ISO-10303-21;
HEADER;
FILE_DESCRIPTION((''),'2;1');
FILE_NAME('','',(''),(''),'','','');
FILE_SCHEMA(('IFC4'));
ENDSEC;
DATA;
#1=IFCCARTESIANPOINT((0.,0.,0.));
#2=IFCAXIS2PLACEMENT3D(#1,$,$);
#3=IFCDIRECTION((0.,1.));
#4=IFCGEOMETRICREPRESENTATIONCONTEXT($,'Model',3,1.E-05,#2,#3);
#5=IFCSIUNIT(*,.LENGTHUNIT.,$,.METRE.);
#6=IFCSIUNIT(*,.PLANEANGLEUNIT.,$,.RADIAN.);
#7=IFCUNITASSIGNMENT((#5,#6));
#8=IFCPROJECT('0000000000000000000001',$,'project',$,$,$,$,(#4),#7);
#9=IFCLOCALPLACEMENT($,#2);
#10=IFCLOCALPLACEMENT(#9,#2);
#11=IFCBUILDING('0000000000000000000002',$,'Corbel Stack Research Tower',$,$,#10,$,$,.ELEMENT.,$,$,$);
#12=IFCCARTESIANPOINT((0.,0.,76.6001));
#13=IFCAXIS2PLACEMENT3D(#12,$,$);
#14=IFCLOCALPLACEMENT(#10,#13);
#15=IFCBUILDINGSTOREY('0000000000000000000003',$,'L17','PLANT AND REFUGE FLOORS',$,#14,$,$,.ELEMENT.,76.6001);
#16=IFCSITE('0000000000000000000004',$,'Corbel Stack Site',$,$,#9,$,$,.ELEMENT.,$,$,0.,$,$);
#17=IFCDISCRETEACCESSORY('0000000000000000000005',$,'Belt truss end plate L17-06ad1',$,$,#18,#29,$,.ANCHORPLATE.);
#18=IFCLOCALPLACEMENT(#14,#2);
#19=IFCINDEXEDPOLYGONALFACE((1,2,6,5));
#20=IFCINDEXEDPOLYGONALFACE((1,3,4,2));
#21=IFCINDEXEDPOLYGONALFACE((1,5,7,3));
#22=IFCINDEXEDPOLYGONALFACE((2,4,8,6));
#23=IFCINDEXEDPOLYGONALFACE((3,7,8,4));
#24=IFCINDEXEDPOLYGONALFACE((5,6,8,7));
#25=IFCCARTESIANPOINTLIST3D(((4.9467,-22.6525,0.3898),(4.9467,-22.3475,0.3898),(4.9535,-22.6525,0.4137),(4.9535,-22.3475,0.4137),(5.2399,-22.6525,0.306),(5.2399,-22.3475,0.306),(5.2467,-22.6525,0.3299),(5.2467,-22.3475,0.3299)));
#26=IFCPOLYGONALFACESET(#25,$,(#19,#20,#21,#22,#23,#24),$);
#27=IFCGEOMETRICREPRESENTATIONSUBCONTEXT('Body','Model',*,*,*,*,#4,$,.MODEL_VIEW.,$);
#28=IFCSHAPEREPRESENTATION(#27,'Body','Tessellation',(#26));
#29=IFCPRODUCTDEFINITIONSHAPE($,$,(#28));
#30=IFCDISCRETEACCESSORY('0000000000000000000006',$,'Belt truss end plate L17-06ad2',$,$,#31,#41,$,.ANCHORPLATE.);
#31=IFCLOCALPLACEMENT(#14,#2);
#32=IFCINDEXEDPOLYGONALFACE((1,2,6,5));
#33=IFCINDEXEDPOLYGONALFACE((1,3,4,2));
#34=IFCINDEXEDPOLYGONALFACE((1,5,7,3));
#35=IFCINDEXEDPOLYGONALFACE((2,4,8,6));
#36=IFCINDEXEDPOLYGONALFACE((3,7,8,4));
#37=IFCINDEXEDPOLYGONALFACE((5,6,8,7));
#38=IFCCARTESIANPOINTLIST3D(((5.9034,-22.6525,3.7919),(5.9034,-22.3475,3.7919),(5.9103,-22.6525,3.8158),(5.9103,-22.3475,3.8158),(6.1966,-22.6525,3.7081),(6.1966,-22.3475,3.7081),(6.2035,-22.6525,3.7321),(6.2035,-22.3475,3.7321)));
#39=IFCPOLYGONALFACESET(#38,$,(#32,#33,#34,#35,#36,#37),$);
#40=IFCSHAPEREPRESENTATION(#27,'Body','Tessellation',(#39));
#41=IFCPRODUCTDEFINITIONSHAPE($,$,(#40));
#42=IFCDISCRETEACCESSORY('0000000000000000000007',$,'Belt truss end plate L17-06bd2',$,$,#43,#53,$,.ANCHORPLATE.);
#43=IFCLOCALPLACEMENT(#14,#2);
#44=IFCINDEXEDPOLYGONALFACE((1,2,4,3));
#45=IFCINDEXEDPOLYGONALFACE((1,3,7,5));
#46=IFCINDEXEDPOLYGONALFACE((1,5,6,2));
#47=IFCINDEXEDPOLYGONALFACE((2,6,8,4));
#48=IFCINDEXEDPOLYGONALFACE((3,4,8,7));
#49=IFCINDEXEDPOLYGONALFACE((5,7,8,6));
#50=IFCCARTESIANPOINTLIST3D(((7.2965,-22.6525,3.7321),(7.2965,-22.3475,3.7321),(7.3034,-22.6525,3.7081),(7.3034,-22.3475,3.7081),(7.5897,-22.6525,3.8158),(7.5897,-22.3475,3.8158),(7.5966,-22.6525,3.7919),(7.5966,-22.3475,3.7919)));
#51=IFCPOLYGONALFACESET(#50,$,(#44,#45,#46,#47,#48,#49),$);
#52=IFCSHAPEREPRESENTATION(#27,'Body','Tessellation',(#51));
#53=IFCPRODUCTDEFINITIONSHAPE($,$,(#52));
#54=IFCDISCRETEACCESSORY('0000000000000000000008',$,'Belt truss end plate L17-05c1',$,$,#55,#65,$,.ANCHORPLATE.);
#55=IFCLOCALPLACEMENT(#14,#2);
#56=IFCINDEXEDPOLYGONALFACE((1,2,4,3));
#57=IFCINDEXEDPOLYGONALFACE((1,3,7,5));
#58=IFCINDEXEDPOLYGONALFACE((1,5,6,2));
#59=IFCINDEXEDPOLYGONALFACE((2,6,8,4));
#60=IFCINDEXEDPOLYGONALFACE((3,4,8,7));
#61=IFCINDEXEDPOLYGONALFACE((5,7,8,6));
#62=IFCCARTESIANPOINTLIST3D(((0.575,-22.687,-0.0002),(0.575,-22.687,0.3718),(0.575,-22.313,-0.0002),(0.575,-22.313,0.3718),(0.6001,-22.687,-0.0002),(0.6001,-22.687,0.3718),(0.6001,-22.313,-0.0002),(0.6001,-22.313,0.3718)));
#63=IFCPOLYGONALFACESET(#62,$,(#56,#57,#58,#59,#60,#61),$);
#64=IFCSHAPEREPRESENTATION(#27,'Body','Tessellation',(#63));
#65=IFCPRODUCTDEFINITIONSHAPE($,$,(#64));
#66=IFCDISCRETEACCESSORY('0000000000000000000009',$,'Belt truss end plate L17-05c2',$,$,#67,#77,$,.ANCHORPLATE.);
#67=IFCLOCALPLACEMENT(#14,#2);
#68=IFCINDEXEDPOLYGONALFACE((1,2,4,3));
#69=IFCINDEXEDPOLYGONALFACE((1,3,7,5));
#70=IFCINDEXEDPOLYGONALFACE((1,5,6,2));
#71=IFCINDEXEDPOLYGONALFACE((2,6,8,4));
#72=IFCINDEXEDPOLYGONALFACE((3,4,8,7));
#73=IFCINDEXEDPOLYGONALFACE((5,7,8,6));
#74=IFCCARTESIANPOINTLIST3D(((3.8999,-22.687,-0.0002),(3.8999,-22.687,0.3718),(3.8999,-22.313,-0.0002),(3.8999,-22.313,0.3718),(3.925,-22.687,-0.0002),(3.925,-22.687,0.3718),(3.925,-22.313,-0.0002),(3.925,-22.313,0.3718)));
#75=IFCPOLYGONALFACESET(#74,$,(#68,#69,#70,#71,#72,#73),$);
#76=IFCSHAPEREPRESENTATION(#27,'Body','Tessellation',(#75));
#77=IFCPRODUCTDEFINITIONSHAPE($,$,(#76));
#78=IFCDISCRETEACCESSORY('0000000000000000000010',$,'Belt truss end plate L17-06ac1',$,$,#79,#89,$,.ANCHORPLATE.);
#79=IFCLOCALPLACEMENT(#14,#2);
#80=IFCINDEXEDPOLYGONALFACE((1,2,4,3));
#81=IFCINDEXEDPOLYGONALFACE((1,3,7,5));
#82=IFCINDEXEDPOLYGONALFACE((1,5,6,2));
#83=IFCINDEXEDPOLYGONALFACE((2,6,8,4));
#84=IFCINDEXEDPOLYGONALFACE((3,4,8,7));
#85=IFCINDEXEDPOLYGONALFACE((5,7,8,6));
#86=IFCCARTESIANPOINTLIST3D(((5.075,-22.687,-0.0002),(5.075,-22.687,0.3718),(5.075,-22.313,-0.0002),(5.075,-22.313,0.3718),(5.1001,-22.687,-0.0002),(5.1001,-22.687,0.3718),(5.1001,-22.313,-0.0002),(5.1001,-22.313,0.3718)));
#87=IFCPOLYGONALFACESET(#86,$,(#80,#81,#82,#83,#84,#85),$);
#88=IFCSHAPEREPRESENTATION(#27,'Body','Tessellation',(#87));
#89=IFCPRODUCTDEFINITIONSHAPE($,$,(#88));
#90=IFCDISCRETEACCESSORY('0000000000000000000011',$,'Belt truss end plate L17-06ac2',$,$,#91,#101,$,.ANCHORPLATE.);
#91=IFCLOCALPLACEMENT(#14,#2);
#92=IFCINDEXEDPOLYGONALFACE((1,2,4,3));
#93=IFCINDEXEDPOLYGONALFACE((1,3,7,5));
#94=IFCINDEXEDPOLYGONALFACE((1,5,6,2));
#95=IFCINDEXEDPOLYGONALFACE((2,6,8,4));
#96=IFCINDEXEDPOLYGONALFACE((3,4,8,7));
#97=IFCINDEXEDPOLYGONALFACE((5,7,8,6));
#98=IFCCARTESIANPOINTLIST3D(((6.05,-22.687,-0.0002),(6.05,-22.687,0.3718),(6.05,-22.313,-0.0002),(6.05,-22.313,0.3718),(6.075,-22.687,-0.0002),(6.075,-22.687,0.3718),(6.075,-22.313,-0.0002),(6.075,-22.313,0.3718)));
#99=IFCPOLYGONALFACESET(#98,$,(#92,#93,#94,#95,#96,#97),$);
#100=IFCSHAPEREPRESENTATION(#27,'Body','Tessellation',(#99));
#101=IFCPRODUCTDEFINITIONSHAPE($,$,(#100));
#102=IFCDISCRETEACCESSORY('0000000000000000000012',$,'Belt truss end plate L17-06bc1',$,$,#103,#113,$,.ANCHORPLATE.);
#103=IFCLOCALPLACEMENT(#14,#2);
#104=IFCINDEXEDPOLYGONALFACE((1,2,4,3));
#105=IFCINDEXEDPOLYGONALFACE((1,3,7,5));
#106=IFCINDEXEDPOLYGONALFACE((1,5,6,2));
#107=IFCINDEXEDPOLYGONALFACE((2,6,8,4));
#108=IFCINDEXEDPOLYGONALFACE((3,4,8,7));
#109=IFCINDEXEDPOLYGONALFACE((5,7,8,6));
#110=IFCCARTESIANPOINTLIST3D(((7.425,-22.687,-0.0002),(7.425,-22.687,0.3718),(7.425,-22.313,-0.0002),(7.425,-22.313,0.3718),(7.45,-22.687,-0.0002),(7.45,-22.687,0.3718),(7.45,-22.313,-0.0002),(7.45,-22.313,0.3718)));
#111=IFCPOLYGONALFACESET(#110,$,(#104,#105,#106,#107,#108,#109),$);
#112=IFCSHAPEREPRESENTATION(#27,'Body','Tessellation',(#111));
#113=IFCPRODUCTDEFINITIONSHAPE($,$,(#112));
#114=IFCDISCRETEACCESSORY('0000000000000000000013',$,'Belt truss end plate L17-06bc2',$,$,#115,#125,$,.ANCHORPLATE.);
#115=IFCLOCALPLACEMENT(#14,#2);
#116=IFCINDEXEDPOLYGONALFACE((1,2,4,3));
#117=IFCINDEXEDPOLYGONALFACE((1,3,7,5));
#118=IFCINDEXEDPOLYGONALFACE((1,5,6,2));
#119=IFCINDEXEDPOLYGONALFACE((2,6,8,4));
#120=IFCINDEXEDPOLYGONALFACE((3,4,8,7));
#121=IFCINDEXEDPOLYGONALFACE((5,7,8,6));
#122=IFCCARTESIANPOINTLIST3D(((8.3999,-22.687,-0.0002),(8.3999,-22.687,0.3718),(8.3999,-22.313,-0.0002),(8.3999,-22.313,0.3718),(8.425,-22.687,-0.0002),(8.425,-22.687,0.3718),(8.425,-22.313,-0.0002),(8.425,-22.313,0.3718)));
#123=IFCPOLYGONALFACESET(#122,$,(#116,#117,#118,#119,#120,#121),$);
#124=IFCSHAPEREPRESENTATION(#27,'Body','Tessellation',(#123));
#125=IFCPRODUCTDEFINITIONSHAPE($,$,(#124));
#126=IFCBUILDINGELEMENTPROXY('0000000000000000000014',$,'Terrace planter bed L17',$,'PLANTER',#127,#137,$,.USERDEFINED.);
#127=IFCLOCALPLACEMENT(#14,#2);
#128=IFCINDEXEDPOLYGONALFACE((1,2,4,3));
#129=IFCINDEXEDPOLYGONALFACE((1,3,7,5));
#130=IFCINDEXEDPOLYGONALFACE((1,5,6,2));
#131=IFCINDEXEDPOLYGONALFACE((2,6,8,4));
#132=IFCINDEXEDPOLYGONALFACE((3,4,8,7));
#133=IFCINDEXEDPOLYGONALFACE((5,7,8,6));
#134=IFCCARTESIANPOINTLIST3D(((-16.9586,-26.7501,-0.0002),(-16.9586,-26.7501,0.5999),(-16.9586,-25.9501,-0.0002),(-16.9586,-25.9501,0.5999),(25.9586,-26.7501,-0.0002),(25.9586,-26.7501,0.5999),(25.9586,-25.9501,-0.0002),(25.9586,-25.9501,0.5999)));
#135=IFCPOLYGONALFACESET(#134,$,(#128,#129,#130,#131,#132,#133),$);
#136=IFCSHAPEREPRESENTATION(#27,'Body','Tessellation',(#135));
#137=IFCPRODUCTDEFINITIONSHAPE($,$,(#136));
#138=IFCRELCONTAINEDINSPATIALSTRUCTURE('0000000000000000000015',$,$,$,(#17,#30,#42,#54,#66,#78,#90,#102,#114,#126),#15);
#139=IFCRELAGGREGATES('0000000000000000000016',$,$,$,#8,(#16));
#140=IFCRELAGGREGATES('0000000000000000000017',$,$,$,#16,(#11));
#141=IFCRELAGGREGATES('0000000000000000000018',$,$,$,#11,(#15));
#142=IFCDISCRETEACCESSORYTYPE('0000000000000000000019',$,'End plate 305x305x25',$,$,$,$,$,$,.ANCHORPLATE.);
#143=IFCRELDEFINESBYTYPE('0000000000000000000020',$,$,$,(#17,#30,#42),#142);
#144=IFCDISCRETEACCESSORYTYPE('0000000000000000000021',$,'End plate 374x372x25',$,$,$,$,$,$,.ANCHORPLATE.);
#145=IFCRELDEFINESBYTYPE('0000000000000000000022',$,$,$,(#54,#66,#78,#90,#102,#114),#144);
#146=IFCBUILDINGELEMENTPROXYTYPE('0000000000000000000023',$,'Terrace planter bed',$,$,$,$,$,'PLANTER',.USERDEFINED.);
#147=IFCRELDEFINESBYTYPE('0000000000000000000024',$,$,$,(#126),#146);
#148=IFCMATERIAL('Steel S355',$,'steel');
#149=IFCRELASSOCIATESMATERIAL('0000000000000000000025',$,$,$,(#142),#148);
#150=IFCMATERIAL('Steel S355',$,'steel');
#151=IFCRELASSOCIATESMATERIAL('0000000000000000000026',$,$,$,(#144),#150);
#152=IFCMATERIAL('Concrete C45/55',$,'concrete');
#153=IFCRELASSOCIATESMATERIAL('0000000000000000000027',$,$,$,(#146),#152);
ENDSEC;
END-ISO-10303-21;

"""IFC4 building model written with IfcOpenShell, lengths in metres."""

from ifc_helpers import new_model, si_unit, direction, frame, origin, origin_2d, place, context, subcontext, project, spatial, rectangle, extrude, material, material_profile, profile_set, type_object, element, save


model = new_model("IFC4")

# Units and contexts
model_context = context("Model", 3, precision=1e-05, world=origin(), true_north=direction((0.0, 1.0)))
body_context = subcontext(model_context, "Body", "Model", "MODEL_VIEW")
ifc_project = project(units=[si_unit("LENGTHUNIT", "METRE"), si_unit("PLANEANGLEUNIT", "RADIAN")], contexts=[model_context])

# Site, building, storey
site_placement = place(None, origin())
site = spatial("IfcSite", under=ifc_project, at=site_placement, Name="Corbel Stack Site", CompositionType="ELEMENT", RefElevation=0.0)
building_placement = place(site_placement, origin())
building = spatial("IfcBuilding", under=site, at=building_placement, Name="Corbel Stack Research Tower", CompositionType="ELEMENT")
storey_placement = place(building_placement, frame((0.0, 0.0, 76.6001)))
storey = spatial("IfcBuildingStorey", under=building, at=storey_placement, Name="L17", Description="PLANT AND REFUGE FLOORS", CompositionType="ELEMENT", Elevation=76.6001)

# Discrete accessories
ifc_material_1 = material(Name="Steel S355", Category="steel")
ifc_material_profile_1 = material_profile(ifc_material_1, rectangle(XDim=0.3049, YDim=0.3049, at=origin_2d()), Name="End plate 305x305x25")
ifc_profile_set_1 = profile_set([ifc_material_profile_1], Name="Steel S355")
discrete_accessory_type_1 = type_object("IfcDiscreteAccessoryType", Name="End plate 305x305x25", PredefinedType="ANCHORPLATE", material=ifc_profile_set_1)
for number, where, z_axis, x_axis, name in (
    (1, (5.1001, -22.5, 0.3718), (-0.274721, 0.0, -0.961524), (0.0, -1.0, 0.0), "Belt truss end plate L17-06ad1"),
    (2, (6.05, -22.5, 3.75), (0.274721, 0.0, 0.961524), (0.0, 1.0, 0.0), "Belt truss end plate L17-06ad2"),
    (3, (7.45, -22.5, 3.75), (-0.274721, 0.0, 0.961524), (0.0, -1.0, 0.0), "Belt truss end plate L17-06bd2"),
):
    element("IfcDiscreteAccessory", number, at=place(storey_placement, frame(where, z_axis=z_axis, x_axis=x_axis)), inside=storey, type_object=discrete_accessory_type_1, Name=name, PredefinedType="ANCHORPLATE", context=body_context, shape_type="SweptSolid", body=[
        extrude(rectangle(XDim=0.3049, YDim=0.3049, at=origin_2d()), origin(), (0.0, 0.0, 1.0), 0.0249),
    ])
ifc_material_2 = material(Name="Steel S355", Category="steel")
ifc_material_profile_2 = material_profile(ifc_material_2, rectangle(XDim=0.374, YDim=0.3721, at=origin_2d()), Name="End plate 374x372x25")
ifc_profile_set_2 = profile_set([ifc_material_profile_2], Name="Steel S355")
discrete_accessory_type_2 = type_object("IfcDiscreteAccessoryType", Name="End plate 374x372x25", PredefinedType="ANCHORPLATE", material=ifc_profile_set_2)
for number, where, z_axis, x_axis, name in (
    (4, (0.6001, -22.5, 0.1858), (-1.0, 0.0, 0.0), (0.0, -1.0, 0.0), "Belt truss end plate L17-05c1"),
    (5, (3.8999, -22.5, 0.1858), (1.0, 0.0, 0.0), (0.0, 1.0, 0.0), "Belt truss end plate L17-05c2"),
    (6, (5.1001, -22.5, 0.1858), (-1.0, 0.0, 0.0), (0.0, -1.0, 0.0), "Belt truss end plate L17-06ac1"),
):
    element("IfcDiscreteAccessory", number, at=place(storey_placement, frame(where, z_axis=z_axis, x_axis=x_axis)), inside=storey, type_object=discrete_accessory_type_2, Name=name, PredefinedType="ANCHORPLATE", context=body_context, shape_type="SweptSolid", body=[
        extrude(rectangle(XDim=0.374, YDim=0.3721, at=origin_2d()), origin(), (0.0, 0.0, 1.0), 0.0251),
    ])
for number, where, z_axis, x_axis, name in (
    (7, (6.05, -22.5, 0.1858), (1.0, 0.0, 0.0), (0.0, 1.0, 0.0), "Belt truss end plate L17-06ac2"),
    (8, (7.45, -22.5, 0.1858), (-1.0, 0.0, 0.0), (0.0, -1.0, 0.0), "Belt truss end plate L17-06bc1"),
):
    element("IfcDiscreteAccessory", number, at=place(storey_placement, frame(where, z_axis=z_axis, x_axis=x_axis)), inside=storey, type_object=discrete_accessory_type_2, Name=name, PredefinedType="ANCHORPLATE", context=body_context, shape_type="SweptSolid", body=[
        extrude(rectangle(XDim=0.374, YDim=0.3721, at=origin_2d()), origin(), (0.0, 0.0, 1.0), 0.0249),
    ])
discrete_accessory_placement = place(storey_placement, frame((8.3999, -22.5, 0.1858), z_axis=(1.0, 0.0, 0.0), x_axis=(0.0, 1.0, 0.0)))
element("IfcDiscreteAccessory", 9, at=discrete_accessory_placement, inside=storey, type_object=discrete_accessory_type_2, Name="Belt truss end plate L17-06bc2", PredefinedType="ANCHORPLATE", context=body_context, shape_type="SweptSolid", body=[
    extrude(rectangle(XDim=0.374, YDim=0.3721, at=origin_2d()), origin(), (0.0, 0.0, 1.0), 0.0251),
])

# Building element proxy
ifc_material_3 = material(Name="Concrete C45/55", Category="concrete")
building_element_proxy_type = type_object("IfcBuildingElementProxyType", Name="Terrace planter bed", ElementType="PLANTER", PredefinedType="USERDEFINED", material=ifc_material_3)
proxy_placement = place(storey_placement, frame((4.5, -26.3501, -0.0002), z_axis=(0.0, 0.0, 1.0), x_axis=(-1.0, 0.0, 0.0)))
element("IfcBuildingElementProxy", 10, at=proxy_placement, inside=storey, type_object=building_element_proxy_type, Name="Terrace planter bed L17", ObjectType="PLANTER", PredefinedType="USERDEFINED", context=body_context, shape_type="SweptSolid", body=[
    extrude(rectangle(XDim=42.9172, YDim=0.8, at=origin_2d()), origin(), (0.0, 0.0, 1.0), 0.6001),
])

save(model, "model.ifc")
